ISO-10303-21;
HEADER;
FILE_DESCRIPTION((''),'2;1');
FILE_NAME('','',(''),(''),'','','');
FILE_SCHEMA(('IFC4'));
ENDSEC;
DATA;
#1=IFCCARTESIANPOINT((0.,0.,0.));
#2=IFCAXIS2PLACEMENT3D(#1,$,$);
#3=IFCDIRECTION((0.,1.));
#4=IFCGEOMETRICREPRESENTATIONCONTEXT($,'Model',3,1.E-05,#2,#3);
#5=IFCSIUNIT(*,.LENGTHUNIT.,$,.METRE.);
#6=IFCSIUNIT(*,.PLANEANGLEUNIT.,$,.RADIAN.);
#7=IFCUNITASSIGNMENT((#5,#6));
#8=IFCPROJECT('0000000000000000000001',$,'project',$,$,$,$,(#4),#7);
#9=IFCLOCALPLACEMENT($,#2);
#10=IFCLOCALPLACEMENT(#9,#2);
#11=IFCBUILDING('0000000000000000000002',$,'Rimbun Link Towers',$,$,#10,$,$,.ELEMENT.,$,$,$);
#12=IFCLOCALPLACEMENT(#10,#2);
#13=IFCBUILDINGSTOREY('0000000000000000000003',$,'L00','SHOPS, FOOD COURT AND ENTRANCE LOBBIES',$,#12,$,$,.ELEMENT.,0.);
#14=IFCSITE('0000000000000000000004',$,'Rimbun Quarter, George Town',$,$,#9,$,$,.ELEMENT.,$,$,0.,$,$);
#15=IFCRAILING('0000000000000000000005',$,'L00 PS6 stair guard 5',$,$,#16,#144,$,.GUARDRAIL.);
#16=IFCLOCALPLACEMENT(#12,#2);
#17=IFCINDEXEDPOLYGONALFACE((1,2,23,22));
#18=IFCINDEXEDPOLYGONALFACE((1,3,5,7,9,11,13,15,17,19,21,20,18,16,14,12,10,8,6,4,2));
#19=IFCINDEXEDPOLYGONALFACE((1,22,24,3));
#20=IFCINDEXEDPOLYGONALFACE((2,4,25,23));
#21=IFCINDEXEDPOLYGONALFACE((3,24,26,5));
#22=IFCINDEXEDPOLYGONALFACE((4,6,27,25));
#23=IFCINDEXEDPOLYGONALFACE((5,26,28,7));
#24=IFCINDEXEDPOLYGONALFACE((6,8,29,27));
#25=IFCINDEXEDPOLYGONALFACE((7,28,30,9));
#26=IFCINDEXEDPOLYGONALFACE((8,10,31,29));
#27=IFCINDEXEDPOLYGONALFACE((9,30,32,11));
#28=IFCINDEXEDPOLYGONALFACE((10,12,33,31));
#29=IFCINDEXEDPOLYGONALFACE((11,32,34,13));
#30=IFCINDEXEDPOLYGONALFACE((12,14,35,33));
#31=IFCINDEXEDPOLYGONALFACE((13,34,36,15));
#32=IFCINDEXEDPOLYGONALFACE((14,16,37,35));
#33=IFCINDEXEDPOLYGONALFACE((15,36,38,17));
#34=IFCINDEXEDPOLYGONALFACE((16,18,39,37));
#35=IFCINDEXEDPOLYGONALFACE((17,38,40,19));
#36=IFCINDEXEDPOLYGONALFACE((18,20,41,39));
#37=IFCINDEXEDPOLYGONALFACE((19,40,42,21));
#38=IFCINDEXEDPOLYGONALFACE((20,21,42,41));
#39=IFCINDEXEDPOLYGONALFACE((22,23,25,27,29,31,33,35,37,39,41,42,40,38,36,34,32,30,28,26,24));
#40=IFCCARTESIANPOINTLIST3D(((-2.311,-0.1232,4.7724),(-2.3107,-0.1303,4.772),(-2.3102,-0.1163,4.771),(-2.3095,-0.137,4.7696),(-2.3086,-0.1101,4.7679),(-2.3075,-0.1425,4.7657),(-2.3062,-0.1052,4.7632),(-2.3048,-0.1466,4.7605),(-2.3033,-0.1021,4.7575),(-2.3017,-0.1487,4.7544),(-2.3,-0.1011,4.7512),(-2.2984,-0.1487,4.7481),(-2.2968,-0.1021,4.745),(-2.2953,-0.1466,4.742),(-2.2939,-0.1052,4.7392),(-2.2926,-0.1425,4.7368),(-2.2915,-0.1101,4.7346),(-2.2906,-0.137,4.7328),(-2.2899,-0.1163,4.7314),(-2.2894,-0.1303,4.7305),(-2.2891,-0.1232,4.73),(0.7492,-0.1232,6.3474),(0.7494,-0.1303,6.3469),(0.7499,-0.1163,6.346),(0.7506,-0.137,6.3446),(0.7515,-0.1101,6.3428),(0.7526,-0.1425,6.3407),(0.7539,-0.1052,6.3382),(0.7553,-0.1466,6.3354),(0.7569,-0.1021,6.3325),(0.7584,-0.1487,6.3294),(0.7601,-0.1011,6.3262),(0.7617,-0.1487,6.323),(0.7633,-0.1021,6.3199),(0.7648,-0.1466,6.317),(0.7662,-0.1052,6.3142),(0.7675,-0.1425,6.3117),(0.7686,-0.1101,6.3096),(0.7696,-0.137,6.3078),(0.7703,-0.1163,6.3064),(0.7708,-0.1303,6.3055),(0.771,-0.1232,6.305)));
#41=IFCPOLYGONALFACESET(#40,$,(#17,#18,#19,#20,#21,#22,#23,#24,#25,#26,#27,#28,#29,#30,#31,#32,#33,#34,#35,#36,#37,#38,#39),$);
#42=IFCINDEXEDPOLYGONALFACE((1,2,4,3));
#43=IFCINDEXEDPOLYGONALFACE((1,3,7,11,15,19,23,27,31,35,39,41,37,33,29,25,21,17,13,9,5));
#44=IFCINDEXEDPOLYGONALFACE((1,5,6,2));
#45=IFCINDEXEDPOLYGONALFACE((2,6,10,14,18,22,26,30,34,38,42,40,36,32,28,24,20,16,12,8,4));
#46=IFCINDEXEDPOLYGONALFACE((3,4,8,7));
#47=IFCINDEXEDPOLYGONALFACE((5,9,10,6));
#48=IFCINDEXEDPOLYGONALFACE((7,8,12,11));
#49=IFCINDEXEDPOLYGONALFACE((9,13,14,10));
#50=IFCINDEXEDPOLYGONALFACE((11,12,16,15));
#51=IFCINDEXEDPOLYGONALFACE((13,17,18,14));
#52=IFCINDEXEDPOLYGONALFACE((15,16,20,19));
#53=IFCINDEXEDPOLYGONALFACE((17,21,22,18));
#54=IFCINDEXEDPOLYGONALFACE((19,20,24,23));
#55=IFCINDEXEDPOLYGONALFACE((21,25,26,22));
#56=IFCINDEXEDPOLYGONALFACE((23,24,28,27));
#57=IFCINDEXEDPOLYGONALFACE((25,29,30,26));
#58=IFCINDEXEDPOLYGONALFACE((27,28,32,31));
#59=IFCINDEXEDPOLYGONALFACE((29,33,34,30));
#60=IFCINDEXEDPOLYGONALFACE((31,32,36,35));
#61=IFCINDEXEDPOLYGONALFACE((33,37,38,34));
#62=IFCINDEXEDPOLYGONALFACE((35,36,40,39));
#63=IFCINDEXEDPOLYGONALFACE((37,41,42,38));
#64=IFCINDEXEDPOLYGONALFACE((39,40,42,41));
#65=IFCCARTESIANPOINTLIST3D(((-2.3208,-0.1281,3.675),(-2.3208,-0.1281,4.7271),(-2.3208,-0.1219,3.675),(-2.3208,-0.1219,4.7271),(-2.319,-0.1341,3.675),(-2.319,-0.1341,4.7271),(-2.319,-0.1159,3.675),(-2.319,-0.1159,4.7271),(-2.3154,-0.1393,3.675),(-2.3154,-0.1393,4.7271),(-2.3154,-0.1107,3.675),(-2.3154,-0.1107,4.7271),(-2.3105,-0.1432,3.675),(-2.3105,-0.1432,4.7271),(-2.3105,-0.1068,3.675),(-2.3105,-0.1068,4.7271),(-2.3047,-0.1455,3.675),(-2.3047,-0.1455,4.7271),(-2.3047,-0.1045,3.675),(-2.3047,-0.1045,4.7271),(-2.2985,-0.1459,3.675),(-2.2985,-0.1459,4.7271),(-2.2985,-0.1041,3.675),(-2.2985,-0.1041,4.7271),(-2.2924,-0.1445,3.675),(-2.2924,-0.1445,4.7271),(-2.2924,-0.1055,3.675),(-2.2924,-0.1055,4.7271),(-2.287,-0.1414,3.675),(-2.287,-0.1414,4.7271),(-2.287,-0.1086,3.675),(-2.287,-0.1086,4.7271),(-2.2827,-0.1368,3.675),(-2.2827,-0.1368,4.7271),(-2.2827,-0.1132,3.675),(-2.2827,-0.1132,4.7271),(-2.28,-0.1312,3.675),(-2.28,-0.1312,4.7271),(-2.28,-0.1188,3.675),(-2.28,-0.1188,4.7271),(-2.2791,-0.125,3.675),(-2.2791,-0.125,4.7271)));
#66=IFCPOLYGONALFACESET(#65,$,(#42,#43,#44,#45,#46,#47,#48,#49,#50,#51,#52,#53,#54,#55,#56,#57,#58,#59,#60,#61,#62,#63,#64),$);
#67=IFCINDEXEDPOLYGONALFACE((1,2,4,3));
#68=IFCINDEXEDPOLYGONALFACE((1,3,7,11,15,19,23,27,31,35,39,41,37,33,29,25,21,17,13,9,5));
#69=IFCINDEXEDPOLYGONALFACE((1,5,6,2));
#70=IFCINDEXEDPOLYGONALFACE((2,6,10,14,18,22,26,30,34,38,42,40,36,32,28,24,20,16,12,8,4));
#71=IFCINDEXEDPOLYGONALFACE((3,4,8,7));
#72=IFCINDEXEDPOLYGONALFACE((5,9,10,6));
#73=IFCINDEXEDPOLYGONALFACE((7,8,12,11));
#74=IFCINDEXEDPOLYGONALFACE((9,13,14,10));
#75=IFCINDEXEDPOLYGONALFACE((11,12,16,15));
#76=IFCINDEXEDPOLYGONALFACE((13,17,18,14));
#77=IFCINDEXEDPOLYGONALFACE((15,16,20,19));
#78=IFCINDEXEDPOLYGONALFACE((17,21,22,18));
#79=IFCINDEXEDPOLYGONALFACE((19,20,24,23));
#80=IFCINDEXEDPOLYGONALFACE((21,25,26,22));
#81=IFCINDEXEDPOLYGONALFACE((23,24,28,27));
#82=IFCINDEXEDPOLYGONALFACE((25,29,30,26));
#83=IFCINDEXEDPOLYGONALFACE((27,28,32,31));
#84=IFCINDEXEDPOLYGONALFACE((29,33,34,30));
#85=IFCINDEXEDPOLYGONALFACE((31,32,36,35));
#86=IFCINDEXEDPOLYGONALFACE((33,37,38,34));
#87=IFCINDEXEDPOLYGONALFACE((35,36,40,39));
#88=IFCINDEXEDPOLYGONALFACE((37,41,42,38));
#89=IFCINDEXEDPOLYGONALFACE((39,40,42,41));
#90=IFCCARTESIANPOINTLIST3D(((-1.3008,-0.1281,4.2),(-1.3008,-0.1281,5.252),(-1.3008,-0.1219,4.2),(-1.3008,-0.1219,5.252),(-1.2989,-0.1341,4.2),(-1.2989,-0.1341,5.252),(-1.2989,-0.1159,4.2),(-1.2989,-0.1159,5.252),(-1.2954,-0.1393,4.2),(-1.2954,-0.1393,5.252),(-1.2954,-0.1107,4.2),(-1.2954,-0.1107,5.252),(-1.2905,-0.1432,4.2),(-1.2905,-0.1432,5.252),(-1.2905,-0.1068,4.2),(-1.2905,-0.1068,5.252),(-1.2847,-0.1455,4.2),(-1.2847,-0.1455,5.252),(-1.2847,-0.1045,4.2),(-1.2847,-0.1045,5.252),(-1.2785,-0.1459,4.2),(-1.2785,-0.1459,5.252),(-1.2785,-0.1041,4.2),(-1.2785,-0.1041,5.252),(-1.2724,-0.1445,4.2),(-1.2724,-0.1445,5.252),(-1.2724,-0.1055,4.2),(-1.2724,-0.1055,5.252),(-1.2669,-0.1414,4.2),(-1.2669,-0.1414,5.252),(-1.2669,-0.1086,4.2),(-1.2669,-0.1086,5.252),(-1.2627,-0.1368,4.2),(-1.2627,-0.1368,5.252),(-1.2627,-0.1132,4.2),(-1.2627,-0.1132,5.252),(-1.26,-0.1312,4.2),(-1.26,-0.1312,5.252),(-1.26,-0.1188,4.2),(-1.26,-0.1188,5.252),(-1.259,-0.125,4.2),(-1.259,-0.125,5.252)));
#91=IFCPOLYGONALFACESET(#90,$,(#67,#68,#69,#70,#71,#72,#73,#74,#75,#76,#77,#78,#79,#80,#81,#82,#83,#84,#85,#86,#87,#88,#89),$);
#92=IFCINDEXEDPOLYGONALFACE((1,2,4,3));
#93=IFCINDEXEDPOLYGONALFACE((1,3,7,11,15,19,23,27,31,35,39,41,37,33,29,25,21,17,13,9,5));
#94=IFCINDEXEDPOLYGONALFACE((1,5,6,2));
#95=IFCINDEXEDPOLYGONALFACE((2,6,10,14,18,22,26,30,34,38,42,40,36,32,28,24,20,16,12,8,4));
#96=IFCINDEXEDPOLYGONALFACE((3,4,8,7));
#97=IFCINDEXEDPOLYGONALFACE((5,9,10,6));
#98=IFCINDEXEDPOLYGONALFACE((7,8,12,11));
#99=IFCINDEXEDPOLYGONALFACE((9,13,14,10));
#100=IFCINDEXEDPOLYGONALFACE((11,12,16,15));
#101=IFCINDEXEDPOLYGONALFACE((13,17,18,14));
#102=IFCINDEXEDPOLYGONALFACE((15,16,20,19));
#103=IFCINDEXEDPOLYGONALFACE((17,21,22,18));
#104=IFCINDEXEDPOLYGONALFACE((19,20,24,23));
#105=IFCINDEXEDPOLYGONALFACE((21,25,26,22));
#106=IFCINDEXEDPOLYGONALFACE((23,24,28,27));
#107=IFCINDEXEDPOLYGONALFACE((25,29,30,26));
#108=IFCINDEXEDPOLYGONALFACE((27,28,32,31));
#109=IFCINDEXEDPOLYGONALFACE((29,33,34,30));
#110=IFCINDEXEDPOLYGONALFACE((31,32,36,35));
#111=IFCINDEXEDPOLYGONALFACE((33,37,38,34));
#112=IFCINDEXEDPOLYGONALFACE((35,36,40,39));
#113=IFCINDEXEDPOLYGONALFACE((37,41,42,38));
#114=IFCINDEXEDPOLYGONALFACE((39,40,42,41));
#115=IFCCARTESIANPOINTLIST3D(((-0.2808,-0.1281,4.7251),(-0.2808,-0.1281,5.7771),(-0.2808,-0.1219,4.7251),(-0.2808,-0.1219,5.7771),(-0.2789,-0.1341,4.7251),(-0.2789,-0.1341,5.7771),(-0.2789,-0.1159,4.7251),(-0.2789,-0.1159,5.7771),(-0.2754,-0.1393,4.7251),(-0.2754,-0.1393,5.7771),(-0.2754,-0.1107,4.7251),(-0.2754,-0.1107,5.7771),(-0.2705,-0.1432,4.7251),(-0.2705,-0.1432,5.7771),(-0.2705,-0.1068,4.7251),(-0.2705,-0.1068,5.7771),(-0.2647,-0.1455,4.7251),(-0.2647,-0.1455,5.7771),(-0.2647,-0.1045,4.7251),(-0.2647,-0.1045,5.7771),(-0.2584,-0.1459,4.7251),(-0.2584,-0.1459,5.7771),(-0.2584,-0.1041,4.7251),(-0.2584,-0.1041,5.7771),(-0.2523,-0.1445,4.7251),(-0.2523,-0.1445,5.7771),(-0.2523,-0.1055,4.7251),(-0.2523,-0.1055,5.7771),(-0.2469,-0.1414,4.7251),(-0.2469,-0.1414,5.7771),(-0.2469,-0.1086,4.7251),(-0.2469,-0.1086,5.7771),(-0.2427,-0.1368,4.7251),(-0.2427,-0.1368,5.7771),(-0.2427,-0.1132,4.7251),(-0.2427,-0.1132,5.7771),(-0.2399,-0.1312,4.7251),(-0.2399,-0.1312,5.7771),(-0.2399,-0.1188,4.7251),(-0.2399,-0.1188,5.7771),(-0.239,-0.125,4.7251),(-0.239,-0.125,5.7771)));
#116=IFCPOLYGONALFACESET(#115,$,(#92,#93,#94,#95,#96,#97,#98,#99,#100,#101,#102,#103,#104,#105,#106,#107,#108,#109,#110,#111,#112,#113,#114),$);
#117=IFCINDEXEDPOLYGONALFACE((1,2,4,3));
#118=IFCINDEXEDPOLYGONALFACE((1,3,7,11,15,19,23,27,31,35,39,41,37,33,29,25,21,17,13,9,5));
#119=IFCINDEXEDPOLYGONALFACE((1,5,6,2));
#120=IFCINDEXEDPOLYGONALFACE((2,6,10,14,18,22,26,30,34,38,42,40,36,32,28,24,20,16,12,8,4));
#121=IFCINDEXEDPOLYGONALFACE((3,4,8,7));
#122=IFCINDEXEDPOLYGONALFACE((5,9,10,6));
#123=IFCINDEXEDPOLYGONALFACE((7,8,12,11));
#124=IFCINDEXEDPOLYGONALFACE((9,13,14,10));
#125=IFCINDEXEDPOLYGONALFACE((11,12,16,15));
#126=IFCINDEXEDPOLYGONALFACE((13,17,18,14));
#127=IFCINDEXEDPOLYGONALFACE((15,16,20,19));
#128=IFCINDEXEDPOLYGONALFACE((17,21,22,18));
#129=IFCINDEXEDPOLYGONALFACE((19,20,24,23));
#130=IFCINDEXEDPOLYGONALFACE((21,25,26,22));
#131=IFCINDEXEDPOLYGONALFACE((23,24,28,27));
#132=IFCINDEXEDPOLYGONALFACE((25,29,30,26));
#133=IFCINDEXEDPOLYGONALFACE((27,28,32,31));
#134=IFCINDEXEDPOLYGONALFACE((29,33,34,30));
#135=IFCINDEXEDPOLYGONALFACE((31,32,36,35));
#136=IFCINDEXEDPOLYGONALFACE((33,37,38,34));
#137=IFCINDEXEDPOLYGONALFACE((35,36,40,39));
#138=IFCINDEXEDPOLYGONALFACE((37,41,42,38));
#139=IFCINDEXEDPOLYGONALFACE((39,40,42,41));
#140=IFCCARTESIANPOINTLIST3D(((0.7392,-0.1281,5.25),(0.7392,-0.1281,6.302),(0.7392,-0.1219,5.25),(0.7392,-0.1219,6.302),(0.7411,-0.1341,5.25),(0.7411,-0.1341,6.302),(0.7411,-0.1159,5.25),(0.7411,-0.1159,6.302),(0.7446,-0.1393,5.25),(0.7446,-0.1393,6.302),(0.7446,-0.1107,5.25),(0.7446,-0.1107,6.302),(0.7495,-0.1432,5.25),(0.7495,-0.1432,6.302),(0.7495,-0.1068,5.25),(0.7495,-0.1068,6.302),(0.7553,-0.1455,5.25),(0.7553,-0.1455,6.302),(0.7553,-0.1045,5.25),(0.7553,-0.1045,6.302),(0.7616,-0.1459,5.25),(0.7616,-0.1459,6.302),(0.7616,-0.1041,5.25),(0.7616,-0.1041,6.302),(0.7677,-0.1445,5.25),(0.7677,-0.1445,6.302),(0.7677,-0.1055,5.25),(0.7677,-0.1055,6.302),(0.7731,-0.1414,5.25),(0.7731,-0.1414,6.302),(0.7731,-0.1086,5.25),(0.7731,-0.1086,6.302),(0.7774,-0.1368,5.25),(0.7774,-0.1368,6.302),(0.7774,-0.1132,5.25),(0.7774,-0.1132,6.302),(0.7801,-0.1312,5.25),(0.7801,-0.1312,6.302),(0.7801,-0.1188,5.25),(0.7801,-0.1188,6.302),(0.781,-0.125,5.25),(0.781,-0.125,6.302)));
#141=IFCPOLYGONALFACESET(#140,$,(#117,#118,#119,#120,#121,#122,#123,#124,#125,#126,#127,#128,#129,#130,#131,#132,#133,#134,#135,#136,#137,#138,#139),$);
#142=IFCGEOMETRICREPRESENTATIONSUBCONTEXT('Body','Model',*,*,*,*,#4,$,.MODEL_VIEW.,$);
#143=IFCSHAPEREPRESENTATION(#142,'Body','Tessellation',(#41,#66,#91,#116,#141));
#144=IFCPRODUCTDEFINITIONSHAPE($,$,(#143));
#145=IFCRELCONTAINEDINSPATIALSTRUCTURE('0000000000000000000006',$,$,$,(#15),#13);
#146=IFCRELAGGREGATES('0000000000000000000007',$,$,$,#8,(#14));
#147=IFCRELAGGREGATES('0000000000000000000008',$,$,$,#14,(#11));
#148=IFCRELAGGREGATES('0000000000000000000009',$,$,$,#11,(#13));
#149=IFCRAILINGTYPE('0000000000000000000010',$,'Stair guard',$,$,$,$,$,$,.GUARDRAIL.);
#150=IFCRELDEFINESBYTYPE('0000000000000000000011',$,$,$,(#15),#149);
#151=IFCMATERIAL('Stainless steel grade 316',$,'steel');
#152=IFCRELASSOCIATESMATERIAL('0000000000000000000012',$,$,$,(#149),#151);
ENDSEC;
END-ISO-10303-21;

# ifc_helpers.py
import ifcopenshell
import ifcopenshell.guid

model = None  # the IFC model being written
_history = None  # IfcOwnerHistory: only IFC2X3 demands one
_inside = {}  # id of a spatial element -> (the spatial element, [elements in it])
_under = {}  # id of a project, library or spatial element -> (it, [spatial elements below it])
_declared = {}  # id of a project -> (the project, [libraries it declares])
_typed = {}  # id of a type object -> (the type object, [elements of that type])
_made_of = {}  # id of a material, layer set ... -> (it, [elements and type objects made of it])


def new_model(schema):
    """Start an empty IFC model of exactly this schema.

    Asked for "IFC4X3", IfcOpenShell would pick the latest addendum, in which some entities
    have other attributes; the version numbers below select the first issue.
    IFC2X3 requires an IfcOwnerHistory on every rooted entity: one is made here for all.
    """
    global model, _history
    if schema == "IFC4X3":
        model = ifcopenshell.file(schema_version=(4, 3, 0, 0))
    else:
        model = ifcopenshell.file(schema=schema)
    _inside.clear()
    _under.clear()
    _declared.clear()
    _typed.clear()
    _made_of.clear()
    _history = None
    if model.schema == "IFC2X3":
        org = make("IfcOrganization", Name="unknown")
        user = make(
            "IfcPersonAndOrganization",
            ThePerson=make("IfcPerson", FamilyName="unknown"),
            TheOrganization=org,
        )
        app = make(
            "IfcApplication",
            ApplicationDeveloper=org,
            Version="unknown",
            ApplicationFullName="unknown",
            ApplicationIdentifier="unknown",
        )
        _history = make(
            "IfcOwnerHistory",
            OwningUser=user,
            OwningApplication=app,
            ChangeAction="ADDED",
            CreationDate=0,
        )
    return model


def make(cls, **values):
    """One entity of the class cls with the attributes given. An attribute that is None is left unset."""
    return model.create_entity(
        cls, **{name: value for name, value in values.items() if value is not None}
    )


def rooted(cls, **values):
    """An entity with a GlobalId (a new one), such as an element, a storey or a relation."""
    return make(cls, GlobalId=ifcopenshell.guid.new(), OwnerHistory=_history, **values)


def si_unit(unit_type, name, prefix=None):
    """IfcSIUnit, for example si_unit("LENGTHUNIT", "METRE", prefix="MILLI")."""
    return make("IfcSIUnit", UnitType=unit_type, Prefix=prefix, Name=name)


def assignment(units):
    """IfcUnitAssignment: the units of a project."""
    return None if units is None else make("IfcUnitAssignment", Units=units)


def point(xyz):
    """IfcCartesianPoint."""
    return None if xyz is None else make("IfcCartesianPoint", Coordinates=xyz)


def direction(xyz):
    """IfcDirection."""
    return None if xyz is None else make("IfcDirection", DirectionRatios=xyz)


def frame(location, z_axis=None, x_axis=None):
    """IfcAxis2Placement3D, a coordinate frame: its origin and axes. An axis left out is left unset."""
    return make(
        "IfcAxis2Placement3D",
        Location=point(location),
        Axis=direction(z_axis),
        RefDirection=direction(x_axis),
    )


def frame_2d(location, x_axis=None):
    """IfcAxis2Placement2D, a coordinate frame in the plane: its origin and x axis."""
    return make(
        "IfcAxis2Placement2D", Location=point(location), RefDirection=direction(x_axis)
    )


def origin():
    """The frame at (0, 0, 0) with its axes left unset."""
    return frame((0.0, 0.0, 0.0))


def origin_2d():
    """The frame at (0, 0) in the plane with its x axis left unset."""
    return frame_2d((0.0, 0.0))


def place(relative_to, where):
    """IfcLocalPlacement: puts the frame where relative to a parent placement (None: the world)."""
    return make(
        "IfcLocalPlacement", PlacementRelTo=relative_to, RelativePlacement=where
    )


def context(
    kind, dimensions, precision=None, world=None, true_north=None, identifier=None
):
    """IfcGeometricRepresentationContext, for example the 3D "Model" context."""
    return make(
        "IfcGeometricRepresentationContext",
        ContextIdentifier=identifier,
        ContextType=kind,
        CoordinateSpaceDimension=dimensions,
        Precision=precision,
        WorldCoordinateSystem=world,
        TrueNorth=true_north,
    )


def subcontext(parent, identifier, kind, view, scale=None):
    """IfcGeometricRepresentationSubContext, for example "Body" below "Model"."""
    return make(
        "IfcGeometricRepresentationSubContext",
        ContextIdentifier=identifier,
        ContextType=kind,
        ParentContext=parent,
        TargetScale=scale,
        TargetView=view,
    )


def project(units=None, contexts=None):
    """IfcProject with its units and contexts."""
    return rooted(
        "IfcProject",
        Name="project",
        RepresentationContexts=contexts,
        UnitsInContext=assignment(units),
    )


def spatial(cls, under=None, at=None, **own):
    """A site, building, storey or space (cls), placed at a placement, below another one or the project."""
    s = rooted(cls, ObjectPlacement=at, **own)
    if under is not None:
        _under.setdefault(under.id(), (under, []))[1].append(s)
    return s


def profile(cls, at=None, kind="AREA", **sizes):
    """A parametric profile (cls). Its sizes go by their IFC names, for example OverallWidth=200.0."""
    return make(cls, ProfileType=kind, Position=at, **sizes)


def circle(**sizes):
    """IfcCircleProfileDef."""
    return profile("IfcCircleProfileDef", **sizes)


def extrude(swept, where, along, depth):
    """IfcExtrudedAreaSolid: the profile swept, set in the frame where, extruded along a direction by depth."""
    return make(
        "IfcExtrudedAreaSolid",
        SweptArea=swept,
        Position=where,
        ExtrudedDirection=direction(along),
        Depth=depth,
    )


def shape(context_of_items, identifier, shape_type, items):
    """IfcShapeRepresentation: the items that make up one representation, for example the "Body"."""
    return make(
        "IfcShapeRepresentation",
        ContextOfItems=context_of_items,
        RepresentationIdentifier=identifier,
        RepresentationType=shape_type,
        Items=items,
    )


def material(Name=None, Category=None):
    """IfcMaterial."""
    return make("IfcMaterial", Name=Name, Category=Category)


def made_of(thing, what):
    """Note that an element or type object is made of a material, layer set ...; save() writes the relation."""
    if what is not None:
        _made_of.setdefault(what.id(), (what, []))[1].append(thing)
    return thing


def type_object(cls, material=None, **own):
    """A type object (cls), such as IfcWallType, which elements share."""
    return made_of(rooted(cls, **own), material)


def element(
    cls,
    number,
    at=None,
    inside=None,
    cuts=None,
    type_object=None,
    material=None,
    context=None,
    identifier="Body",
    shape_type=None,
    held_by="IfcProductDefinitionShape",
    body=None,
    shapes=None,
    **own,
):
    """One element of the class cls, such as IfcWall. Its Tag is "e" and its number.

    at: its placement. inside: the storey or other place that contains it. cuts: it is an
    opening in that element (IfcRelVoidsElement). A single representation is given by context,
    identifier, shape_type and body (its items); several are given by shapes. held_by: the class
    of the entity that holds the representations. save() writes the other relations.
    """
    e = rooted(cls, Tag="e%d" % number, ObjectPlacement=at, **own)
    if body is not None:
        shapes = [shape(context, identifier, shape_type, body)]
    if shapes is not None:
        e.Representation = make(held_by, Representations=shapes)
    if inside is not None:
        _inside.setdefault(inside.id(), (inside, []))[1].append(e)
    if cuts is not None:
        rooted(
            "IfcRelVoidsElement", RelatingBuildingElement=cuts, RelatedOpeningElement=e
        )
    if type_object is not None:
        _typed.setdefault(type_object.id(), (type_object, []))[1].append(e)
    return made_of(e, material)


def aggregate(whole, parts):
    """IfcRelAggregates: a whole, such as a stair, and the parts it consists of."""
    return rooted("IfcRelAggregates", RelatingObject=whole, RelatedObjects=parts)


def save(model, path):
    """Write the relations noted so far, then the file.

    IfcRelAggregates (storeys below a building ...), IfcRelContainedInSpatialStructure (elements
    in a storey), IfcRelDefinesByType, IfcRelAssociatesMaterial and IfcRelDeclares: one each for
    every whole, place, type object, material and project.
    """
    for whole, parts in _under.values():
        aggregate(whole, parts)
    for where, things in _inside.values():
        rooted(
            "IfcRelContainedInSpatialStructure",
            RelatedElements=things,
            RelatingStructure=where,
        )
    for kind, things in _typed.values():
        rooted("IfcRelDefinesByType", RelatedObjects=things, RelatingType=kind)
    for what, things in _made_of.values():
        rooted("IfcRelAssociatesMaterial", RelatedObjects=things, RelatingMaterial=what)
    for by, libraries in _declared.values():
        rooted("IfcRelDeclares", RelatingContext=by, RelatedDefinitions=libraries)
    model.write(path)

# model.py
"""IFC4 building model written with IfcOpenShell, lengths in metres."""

from ifc_helpers import new_model, si_unit, direction, frame, origin, origin_2d, place, context, subcontext, project, spatial, circle, extrude, material, type_object, element, save


model = new_model("IFC4")

# Units and contexts
model_context = context("Model", 3, precision=1e-05, world=origin(), true_north=direction((0.0, 1.0)))
body_context = subcontext(model_context, "Body", "Model", "MODEL_VIEW")
ifc_project = project(units=[si_unit("LENGTHUNIT", "METRE"), si_unit("PLANEANGLEUNIT", "RADIAN")], contexts=[model_context])

# Site, building, storey
site_placement = place(None, origin())
site = spatial("IfcSite", under=ifc_project, at=site_placement, Name="Rimbun Quarter, George Town", CompositionType="ELEMENT", RefElevation=0.0)
building_placement = place(site_placement, origin())
building = spatial("IfcBuilding", under=site, at=building_placement, Name="Rimbun Link Towers", CompositionType="ELEMENT")
storey_placement = place(building_placement, origin())
storey = spatial("IfcBuildingStorey", under=building, at=storey_placement, Name="L00", Description="SHOPS, FOOD COURT AND ENTRANCE LOBBIES", CompositionType="ELEMENT", Elevation=0.0)

# Railing
ifc_material_1 = material(Name="Stainless steel grade 316", Category="steel")
railing_type_1 = type_object("IfcRailingType", Name="Stair guard", PredefinedType="GUARDRAIL", material=ifc_material_1)
railing_1_placement = place(storey_placement, frame((-2.3, -0.125, 3.675)))
element("IfcRailing", 1, at=railing_1_placement, inside=storey, type_object=railing_type_1, Name="L00 PS6 stair guard 5", PredefinedType="GUARDRAIL", context=body_context, shape_type="SweptSolid", body=[
    extrude(circle(Radius=0.0239, at=origin_2d()), frame((0.0, 0.0, 1.0762), z_axis=(0.889145, 0.0, 0.457625), x_axis=(0.0, 1.0, 0.0)), (0.0, 0.0, 1.0), 3.4417),
    extrude(circle(Radius=0.021, at=origin_2d()), origin(), (0.0, 0.0, 1.0), 1.052),
    extrude(circle(Radius=0.021, at=origin_2d()), frame((1.02, 0.0, 0.5249)), (0.0, 0.0, 1.0), 1.052),
    extrude(circle(Radius=0.021, at=origin_2d()), frame((2.04, 0.0, 1.05)), (0.0, 0.0, 1.0), 1.052),
    extrude(circle(Radius=0.021, at=origin_2d()), frame((3.0601, 0.0, 1.575)), (0.0, 0.0, 1.0), 1.052),
])

save(model, "model.ifc")
